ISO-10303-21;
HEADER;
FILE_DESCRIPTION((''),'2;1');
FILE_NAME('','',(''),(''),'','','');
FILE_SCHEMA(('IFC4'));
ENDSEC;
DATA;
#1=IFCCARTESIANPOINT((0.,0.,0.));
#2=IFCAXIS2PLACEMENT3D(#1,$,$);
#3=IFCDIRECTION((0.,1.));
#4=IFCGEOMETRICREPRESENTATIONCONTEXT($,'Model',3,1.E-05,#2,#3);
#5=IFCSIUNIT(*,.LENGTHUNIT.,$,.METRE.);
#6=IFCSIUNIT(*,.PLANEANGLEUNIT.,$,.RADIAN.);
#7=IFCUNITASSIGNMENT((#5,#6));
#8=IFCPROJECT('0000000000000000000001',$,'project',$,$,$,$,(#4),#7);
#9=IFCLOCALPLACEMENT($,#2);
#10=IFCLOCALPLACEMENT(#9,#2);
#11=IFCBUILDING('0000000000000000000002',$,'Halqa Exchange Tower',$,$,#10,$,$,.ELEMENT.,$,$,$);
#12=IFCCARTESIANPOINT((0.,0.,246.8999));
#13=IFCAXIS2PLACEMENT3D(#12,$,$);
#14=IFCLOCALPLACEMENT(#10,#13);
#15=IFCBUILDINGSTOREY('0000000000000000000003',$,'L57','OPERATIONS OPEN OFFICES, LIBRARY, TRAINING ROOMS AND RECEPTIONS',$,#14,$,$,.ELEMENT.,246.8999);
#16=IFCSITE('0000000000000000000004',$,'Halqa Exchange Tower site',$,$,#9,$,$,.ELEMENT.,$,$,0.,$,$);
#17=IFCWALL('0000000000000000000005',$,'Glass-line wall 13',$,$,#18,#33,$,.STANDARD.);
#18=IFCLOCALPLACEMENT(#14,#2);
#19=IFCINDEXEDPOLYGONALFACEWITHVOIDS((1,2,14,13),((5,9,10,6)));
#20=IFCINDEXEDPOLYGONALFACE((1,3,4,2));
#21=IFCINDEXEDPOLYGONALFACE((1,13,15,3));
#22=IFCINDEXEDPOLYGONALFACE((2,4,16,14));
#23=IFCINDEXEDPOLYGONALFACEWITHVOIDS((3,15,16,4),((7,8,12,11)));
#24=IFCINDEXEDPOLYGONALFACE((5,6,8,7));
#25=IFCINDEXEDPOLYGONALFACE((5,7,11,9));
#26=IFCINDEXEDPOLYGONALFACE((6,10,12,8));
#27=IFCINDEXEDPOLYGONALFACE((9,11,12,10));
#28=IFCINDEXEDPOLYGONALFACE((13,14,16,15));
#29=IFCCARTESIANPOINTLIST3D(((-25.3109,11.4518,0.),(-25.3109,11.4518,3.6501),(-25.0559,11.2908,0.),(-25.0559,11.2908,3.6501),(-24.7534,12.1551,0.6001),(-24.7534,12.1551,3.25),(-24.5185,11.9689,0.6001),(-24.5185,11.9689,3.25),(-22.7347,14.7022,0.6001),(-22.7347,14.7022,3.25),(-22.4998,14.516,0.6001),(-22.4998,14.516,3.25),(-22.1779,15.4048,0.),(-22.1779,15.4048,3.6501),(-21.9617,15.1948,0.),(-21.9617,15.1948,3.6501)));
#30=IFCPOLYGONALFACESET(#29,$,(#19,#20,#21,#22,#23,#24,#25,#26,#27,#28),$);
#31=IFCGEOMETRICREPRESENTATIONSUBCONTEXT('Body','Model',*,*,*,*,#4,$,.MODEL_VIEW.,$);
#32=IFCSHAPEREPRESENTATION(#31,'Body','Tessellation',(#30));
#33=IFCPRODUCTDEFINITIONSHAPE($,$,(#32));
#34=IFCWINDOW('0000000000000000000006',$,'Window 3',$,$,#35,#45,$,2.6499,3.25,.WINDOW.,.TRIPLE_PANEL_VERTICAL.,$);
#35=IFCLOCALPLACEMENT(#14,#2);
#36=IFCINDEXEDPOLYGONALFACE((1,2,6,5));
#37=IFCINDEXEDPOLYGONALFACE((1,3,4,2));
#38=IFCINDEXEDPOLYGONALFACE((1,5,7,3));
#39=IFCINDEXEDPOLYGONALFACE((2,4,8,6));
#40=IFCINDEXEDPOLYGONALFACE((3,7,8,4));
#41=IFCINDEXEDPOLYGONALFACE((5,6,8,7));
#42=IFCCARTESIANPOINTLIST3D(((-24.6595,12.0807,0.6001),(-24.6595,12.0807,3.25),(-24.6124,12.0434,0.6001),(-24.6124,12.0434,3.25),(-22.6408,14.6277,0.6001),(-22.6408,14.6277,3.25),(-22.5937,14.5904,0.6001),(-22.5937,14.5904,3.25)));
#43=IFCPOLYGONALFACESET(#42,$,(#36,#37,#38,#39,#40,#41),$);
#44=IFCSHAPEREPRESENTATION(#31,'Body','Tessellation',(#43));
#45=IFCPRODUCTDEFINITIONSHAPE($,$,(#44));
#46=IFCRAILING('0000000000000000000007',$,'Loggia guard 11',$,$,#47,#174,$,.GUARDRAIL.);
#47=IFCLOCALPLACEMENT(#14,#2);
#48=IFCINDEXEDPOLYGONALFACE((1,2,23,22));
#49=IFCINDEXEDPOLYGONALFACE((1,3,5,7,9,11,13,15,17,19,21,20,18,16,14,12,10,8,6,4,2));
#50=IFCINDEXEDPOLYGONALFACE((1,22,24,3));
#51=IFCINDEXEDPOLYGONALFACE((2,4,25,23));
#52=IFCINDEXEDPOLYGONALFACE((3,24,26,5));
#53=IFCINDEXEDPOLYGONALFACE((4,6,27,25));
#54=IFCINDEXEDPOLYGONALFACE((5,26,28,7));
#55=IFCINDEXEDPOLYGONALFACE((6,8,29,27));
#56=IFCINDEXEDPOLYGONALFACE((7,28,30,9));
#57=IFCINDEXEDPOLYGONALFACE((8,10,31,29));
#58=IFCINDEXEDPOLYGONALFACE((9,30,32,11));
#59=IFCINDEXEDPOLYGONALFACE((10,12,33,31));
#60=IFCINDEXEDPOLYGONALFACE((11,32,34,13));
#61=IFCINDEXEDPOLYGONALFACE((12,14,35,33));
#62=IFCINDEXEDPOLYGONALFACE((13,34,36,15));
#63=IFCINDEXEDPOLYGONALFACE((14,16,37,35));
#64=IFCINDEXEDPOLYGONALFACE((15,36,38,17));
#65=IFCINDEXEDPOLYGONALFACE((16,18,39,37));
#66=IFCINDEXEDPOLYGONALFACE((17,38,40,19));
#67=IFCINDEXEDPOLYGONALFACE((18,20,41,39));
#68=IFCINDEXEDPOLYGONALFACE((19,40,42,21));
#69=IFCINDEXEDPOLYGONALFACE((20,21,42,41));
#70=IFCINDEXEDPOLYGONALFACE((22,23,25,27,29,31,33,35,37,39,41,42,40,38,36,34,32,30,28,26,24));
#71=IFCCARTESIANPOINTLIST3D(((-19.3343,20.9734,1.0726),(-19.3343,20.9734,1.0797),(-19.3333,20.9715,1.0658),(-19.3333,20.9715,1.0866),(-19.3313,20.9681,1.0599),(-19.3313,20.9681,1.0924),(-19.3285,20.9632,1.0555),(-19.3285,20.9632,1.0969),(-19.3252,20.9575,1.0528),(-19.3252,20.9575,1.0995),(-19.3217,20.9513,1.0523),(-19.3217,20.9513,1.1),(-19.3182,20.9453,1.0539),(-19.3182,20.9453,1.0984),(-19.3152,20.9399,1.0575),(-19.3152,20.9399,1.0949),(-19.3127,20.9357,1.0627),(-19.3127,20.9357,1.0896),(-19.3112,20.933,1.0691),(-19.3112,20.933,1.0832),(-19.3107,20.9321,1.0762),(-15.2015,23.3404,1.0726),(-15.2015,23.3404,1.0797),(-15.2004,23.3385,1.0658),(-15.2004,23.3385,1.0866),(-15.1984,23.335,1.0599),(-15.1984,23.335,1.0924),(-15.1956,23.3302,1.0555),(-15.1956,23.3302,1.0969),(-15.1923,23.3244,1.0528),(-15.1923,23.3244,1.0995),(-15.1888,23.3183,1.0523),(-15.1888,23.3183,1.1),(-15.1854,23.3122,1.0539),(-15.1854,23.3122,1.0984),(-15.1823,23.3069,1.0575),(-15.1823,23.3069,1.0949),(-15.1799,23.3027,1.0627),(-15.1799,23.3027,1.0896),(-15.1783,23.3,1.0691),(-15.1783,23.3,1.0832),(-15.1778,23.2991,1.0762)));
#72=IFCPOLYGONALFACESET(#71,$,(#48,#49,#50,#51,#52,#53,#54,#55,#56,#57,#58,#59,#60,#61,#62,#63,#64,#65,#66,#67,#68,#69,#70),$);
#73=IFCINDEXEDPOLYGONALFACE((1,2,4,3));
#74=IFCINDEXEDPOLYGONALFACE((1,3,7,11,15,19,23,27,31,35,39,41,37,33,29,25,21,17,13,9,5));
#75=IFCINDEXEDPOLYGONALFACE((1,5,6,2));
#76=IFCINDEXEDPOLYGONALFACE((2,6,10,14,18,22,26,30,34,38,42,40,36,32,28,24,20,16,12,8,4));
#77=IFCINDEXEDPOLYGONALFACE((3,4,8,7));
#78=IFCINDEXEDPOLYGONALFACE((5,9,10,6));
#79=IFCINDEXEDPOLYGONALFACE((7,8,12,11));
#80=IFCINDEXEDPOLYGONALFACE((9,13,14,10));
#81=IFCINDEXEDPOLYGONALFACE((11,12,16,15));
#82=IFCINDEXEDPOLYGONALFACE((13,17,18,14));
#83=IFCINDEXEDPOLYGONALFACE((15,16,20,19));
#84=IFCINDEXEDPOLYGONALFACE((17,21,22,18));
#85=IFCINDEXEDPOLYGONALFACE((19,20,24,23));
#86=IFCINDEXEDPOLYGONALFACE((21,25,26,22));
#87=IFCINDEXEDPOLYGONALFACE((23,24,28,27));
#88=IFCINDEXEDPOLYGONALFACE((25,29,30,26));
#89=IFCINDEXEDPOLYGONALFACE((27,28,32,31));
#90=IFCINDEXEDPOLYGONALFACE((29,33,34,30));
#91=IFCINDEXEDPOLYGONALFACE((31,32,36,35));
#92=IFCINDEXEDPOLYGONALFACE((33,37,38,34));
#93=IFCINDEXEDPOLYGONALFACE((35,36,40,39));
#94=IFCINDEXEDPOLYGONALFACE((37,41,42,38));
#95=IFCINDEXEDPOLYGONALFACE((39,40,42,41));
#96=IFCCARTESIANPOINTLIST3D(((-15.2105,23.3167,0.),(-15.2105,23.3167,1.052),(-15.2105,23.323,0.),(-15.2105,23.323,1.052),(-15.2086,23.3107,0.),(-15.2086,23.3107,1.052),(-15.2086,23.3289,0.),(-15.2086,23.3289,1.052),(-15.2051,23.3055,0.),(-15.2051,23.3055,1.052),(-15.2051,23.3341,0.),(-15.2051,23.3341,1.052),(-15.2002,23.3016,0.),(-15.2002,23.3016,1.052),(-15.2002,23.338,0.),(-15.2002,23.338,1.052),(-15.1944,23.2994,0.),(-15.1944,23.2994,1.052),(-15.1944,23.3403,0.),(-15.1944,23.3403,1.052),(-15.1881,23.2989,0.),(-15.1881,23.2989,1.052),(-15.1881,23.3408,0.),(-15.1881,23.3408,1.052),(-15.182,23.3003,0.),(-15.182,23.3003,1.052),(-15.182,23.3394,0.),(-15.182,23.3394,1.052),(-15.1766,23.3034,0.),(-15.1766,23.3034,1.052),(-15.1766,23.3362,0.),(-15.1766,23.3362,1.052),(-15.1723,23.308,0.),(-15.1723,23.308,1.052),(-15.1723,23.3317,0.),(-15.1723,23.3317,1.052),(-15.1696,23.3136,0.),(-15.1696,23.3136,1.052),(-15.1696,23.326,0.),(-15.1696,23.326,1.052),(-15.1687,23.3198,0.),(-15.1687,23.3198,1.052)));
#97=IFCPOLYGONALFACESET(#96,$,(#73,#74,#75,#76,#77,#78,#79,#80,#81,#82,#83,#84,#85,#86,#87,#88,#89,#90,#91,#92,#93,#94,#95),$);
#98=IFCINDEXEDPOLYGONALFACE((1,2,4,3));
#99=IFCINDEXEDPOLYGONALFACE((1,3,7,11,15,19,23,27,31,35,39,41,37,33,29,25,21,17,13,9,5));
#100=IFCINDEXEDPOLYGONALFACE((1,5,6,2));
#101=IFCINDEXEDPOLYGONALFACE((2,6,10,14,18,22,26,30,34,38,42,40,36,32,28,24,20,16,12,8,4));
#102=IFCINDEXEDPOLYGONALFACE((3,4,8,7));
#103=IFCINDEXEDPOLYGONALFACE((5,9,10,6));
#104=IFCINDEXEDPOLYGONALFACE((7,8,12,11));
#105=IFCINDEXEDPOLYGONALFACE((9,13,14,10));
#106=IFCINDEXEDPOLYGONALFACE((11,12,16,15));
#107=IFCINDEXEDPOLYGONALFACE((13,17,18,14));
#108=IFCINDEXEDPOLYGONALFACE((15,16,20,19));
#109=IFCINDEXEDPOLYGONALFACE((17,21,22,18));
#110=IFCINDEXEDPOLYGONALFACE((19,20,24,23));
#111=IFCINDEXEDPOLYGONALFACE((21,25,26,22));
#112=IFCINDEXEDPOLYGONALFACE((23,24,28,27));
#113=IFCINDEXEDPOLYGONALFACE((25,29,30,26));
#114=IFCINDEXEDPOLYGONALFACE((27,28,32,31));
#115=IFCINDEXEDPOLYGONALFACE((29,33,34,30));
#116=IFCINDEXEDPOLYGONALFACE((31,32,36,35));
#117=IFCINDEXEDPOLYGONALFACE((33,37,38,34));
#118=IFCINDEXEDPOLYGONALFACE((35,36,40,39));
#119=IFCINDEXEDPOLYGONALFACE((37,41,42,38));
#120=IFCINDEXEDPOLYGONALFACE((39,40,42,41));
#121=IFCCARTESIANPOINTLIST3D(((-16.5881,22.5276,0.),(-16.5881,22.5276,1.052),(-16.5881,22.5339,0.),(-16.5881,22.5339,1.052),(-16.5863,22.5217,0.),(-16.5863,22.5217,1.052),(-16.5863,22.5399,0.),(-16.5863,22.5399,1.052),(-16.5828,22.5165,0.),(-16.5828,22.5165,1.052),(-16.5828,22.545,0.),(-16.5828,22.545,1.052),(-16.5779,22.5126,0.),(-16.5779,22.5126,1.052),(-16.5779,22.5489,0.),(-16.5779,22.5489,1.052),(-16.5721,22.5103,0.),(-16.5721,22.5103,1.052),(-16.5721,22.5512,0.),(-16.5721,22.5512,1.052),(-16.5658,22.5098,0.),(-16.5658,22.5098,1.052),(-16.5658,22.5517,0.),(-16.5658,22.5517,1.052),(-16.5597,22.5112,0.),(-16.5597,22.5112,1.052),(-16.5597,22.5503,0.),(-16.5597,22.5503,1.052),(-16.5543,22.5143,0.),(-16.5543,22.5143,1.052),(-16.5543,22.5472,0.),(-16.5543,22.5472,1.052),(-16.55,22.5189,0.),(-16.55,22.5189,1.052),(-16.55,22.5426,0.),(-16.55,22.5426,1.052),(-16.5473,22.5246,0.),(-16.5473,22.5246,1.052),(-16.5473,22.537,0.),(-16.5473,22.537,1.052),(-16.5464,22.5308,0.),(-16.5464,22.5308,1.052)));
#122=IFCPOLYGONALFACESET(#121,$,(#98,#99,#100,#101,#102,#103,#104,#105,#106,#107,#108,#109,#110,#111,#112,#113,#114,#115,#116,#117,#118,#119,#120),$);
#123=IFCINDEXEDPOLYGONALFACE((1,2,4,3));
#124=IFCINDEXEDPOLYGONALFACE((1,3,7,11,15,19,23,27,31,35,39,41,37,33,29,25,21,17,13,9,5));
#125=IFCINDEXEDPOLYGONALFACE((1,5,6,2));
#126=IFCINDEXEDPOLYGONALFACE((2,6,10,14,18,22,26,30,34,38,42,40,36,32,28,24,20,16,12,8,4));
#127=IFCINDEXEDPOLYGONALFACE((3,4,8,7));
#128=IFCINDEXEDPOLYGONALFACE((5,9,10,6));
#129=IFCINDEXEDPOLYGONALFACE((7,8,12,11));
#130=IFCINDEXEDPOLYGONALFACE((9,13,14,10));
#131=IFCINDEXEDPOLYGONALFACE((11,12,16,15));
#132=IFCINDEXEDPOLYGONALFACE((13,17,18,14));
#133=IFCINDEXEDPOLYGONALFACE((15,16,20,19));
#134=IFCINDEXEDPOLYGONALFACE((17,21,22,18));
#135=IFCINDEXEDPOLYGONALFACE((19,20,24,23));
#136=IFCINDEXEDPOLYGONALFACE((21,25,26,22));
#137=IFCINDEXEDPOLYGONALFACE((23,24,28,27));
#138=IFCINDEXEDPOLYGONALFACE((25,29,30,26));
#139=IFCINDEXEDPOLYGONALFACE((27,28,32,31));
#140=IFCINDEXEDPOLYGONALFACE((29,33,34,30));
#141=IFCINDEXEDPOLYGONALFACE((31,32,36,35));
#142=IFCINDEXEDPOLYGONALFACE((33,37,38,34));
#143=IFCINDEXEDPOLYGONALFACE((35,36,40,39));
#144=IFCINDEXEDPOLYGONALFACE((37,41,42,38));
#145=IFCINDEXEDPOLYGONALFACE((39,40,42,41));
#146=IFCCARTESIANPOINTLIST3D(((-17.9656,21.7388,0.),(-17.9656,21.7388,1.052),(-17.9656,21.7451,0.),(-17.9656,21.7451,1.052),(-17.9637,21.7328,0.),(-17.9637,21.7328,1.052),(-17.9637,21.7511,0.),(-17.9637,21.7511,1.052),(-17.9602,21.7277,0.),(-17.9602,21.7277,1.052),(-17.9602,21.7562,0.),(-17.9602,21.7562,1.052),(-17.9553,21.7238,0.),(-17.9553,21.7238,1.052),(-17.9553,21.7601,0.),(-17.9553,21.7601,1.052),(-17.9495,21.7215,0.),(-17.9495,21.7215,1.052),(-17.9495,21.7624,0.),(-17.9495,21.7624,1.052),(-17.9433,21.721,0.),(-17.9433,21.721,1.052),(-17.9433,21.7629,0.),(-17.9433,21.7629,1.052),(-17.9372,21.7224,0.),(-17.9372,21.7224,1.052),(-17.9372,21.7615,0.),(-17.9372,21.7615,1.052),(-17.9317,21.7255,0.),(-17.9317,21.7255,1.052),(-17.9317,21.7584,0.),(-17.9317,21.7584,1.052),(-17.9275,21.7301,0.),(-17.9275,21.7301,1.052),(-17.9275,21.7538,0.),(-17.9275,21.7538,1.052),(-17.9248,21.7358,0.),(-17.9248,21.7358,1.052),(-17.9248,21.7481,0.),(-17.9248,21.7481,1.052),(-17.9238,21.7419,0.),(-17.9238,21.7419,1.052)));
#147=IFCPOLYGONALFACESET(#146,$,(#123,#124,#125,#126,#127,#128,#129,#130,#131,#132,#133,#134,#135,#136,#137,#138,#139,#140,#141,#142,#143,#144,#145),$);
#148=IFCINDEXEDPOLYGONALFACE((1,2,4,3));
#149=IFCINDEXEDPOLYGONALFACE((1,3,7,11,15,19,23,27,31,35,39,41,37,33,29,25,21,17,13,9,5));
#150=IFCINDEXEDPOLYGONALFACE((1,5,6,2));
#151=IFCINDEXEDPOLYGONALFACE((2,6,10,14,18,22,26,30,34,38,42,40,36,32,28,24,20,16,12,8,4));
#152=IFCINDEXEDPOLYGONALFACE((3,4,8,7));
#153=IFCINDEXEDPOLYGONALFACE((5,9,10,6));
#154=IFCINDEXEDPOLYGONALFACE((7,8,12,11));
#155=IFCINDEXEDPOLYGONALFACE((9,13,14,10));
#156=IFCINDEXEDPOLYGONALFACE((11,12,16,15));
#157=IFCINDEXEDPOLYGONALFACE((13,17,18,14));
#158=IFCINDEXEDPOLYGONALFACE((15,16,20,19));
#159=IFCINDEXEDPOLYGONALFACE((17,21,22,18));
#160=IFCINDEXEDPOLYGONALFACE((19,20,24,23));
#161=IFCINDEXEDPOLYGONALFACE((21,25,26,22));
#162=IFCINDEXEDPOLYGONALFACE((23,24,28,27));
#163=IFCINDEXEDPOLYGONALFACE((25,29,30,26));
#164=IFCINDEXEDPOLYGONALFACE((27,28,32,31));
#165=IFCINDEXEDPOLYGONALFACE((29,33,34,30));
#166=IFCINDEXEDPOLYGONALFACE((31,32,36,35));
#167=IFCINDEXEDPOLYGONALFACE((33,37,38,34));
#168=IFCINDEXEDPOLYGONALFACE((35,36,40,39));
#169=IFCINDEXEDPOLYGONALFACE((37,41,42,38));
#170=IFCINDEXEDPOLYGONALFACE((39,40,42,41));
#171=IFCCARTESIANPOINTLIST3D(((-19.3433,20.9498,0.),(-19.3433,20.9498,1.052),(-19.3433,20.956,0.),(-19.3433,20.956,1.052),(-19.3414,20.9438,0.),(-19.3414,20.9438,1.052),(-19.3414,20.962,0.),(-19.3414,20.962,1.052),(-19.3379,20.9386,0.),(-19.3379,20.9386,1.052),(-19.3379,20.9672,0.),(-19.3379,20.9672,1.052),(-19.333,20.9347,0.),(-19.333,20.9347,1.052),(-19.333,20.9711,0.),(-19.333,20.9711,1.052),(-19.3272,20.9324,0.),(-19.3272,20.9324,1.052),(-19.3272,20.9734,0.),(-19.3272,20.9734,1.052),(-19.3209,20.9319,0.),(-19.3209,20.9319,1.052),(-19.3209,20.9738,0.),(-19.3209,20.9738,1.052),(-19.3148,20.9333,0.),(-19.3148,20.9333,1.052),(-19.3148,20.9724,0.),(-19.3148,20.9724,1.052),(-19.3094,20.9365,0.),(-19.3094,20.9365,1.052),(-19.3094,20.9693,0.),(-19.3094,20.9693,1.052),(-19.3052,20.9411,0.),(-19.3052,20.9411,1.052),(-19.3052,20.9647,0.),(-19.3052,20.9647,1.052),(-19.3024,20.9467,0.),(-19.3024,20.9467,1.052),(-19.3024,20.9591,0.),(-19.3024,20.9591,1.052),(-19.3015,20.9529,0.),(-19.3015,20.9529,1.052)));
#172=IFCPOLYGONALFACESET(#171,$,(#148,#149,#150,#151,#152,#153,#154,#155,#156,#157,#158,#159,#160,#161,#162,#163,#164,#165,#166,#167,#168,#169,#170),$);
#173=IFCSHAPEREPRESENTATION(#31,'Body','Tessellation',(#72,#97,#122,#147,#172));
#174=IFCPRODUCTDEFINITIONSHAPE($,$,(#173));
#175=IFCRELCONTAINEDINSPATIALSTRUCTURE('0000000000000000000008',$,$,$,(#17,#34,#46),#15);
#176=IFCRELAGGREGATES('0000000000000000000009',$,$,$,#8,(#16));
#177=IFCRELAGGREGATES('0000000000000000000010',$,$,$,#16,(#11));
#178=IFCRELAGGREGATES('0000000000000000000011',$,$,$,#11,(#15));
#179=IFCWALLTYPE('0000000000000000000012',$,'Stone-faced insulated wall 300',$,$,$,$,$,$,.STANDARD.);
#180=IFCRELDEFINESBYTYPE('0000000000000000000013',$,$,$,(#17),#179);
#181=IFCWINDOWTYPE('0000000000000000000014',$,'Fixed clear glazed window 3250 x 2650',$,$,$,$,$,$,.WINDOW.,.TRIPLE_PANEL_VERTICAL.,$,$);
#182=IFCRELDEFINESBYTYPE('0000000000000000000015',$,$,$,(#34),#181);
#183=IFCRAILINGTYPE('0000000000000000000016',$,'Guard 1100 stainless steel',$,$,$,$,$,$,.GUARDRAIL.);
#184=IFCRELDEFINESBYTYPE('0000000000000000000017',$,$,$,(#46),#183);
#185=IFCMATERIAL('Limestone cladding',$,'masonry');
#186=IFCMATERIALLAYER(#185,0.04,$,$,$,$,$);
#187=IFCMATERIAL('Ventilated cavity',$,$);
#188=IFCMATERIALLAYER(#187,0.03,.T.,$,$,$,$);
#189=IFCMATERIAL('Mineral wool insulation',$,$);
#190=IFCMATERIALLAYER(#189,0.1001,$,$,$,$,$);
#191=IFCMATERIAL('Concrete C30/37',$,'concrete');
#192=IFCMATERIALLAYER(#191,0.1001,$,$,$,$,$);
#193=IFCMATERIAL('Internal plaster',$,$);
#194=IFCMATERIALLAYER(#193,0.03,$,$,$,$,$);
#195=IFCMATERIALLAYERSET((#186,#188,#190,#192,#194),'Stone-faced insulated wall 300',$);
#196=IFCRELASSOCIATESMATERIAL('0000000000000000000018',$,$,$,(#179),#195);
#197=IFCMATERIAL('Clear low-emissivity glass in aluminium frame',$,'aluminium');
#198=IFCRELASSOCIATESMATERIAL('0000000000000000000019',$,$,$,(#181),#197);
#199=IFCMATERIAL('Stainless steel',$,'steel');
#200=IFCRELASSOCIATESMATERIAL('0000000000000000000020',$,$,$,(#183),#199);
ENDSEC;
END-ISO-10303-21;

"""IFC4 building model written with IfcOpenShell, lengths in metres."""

from ifc_helpers import new_model, si_unit, direction, frame, frame_2d, origin, origin_2d, place, context, subcontext, project, spatial, polyline, rectangle, circle, outline, extrude, material, layer, layer_set, type_object, element, fill, save


model = new_model("IFC4")

# Units and contexts
model_context = context("Model", 3, precision=1e-05, world=origin(), true_north=direction((0.0, 1.0)))
body_context = subcontext(model_context, "Body", "Model", "MODEL_VIEW")
ifc_project = project(units=[si_unit("LENGTHUNIT", "METRE"), si_unit("PLANEANGLEUNIT", "RADIAN")], contexts=[model_context])

# Site, building, storey
site_placement = place(None, origin())
site = spatial("IfcSite", under=ifc_project, at=site_placement, Name="Halqa Exchange Tower site", CompositionType="ELEMENT", RefElevation=0.0)
building_placement = place(site_placement, origin())
building = spatial("IfcBuilding", under=site, at=building_placement, Name="Halqa Exchange Tower", CompositionType="ELEMENT")
storey_placement = place(building_placement, frame((0.0, 0.0, 246.8999)))
storey = spatial("IfcBuildingStorey", under=building, at=storey_placement, Name="L57", Description="OPERATIONS OPEN OFFICES, LIBRARY, TRAINING ROOMS AND RECEPTIONS", CompositionType="ELEMENT", Elevation=246.8999)

# Shared definitions
ifc_material_1 = material(Name="Limestone cladding", Category="masonry")
ifc_layer_1 = layer(ifc_material_1, 0.04)
ifc_material_2 = material(Name="Ventilated cavity")
ifc_layer_2 = layer(ifc_material_2, 0.03, ventilated=True)
ifc_material_3 = material(Name="Mineral wool insulation")
ifc_layer_3 = layer(ifc_material_3, 0.1001)
ifc_material_4 = material(Name="Concrete C30/37", Category="concrete")
ifc_layer_4 = layer(ifc_material_4, 0.1001)
ifc_material_5 = material(Name="Internal plaster")
ifc_layer_5 = layer(ifc_material_5, 0.03)
ifc_layer_set_1 = layer_set([ifc_layer_1, ifc_layer_2, ifc_layer_3, ifc_layer_4, ifc_layer_5], Name="Stone-faced insulated wall 300")
wall_type_1 = type_object("IfcWallType", Name="Stone-faced insulated wall 300", PredefinedType="STANDARD", material=ifc_layer_set_1)
ifc_material_6 = material(Name="Clear low-emissivity glass in aluminium frame", Category="aluminium")
window_type = type_object("IfcWindowType", Name="Fixed clear glazed window 3250 x 2650", PartitioningType="TRIPLE_PANEL_VERTICAL", PredefinedType="WINDOW", material=ifc_material_6)

# Wall, opening, window
wall_1_placement = place(storey_placement, frame((-22.0698, 15.2998, 0.0), z_axis=(0.0, 0.0, 1.0), x_axis=(-0.621131, -0.783707, 0.0)))
wall_1 = element("IfcWall", 1, at=wall_1_placement, inside=storey, type_object=wall_type_1, Name="Glass-line wall 13", PredefinedType="STANDARD", context=body_context, shape_type="SweptSolid", body=[
    extrude(outline(polyline([(-0.0151, -0.1499), (5.0288, -0.1499), (4.9966, 0.1499), (0.0151, 0.1499), (-0.0151, -0.1499)])), origin(), (0.0, 0.0, 1.0), 3.6501),
])
opening_1_placement = place(wall_1_placement, frame((0.8813, 0.0, 0.6001)))
opening_1 = element("IfcOpeningElement", 2, at=opening_1_placement, cuts=wall_1, PredefinedType="OPENING", context=body_context, shape_type="SweptSolid", body=[
    extrude(rectangle(XDim=3.25, YDim=2.6499, at=frame_2d((1.625, 1.325))), frame((0.0, 0.1621, 0.0), z_axis=(0.0, -1.0, 0.0), x_axis=(1.0, 0.0, 0.0)), (0.0, 0.0, 1.0), 0.324),
])
window_1_placement = place(opening_1_placement, origin())
window_1 = element("IfcWindow", 3, at=window_1_placement, inside=storey, type_object=window_type, Name="Window 3", OverallHeight=2.6499, OverallWidth=3.25, PartitioningType="TRIPLE_PANEL_VERTICAL", PredefinedType="WINDOW", context=body_context, shape_type="SweptSolid", body=[
    extrude(rectangle(XDim=3.25, YDim=2.6499, at=frame_2d((1.625, 1.325))), frame((0.0, 0.03, 0.0), z_axis=(0.0, -1.0, 0.0), x_axis=(1.0, 0.0, 0.0)), (0.0, 0.0, 1.0), 0.0601),
])
fill(opening_1, window_1)

# Railing
ifc_material_7 = material(Name="Stainless steel", Category="steel")
railing_type = type_object("IfcRailingType", Name="Guard 1100 stainless steel", PredefinedType="GUARDRAIL", material=ifc_material_7)
railing_1_placement = place(storey_placement, frame((-15.1897, 23.3198, 0.0)))
element("IfcRailing", 4, at=railing_1_placement, inside=storey, type_object=railing_type, Name="Loggia guard 11", PredefinedType="GUARDRAIL", context=body_context, shape_type="SweptSolid", body=[
    extrude(circle(Radius=0.0239, at=origin_2d()), frame((0.0, 0.0, 1.0762), z_axis=(-0.86776, -0.496983, 0.0), x_axis=(0.496983, -0.86776, 0.0)), (0.0, 0.0, 1.0), 4.7627),
    extrude(circle(Radius=0.021, at=origin_2d()), origin(), (0.0, 0.0, 1.0), 1.052),
    extrude(circle(Radius=0.021, at=origin_2d()), frame((-1.3777, -0.7891, 0.0)), (0.0, 0.0, 1.0), 1.052),
    extrude(circle(Radius=0.021, at=origin_2d()), frame((-2.7551, -1.5779, 0.0)), (0.0, 0.0, 1.0), 1.052),
    extrude(circle(Radius=0.021, at=origin_2d()), frame((-4.1328, -2.3669, 0.0)), (0.0, 0.0, 1.0), 1.052),
])

save(model, "model.ifc")
